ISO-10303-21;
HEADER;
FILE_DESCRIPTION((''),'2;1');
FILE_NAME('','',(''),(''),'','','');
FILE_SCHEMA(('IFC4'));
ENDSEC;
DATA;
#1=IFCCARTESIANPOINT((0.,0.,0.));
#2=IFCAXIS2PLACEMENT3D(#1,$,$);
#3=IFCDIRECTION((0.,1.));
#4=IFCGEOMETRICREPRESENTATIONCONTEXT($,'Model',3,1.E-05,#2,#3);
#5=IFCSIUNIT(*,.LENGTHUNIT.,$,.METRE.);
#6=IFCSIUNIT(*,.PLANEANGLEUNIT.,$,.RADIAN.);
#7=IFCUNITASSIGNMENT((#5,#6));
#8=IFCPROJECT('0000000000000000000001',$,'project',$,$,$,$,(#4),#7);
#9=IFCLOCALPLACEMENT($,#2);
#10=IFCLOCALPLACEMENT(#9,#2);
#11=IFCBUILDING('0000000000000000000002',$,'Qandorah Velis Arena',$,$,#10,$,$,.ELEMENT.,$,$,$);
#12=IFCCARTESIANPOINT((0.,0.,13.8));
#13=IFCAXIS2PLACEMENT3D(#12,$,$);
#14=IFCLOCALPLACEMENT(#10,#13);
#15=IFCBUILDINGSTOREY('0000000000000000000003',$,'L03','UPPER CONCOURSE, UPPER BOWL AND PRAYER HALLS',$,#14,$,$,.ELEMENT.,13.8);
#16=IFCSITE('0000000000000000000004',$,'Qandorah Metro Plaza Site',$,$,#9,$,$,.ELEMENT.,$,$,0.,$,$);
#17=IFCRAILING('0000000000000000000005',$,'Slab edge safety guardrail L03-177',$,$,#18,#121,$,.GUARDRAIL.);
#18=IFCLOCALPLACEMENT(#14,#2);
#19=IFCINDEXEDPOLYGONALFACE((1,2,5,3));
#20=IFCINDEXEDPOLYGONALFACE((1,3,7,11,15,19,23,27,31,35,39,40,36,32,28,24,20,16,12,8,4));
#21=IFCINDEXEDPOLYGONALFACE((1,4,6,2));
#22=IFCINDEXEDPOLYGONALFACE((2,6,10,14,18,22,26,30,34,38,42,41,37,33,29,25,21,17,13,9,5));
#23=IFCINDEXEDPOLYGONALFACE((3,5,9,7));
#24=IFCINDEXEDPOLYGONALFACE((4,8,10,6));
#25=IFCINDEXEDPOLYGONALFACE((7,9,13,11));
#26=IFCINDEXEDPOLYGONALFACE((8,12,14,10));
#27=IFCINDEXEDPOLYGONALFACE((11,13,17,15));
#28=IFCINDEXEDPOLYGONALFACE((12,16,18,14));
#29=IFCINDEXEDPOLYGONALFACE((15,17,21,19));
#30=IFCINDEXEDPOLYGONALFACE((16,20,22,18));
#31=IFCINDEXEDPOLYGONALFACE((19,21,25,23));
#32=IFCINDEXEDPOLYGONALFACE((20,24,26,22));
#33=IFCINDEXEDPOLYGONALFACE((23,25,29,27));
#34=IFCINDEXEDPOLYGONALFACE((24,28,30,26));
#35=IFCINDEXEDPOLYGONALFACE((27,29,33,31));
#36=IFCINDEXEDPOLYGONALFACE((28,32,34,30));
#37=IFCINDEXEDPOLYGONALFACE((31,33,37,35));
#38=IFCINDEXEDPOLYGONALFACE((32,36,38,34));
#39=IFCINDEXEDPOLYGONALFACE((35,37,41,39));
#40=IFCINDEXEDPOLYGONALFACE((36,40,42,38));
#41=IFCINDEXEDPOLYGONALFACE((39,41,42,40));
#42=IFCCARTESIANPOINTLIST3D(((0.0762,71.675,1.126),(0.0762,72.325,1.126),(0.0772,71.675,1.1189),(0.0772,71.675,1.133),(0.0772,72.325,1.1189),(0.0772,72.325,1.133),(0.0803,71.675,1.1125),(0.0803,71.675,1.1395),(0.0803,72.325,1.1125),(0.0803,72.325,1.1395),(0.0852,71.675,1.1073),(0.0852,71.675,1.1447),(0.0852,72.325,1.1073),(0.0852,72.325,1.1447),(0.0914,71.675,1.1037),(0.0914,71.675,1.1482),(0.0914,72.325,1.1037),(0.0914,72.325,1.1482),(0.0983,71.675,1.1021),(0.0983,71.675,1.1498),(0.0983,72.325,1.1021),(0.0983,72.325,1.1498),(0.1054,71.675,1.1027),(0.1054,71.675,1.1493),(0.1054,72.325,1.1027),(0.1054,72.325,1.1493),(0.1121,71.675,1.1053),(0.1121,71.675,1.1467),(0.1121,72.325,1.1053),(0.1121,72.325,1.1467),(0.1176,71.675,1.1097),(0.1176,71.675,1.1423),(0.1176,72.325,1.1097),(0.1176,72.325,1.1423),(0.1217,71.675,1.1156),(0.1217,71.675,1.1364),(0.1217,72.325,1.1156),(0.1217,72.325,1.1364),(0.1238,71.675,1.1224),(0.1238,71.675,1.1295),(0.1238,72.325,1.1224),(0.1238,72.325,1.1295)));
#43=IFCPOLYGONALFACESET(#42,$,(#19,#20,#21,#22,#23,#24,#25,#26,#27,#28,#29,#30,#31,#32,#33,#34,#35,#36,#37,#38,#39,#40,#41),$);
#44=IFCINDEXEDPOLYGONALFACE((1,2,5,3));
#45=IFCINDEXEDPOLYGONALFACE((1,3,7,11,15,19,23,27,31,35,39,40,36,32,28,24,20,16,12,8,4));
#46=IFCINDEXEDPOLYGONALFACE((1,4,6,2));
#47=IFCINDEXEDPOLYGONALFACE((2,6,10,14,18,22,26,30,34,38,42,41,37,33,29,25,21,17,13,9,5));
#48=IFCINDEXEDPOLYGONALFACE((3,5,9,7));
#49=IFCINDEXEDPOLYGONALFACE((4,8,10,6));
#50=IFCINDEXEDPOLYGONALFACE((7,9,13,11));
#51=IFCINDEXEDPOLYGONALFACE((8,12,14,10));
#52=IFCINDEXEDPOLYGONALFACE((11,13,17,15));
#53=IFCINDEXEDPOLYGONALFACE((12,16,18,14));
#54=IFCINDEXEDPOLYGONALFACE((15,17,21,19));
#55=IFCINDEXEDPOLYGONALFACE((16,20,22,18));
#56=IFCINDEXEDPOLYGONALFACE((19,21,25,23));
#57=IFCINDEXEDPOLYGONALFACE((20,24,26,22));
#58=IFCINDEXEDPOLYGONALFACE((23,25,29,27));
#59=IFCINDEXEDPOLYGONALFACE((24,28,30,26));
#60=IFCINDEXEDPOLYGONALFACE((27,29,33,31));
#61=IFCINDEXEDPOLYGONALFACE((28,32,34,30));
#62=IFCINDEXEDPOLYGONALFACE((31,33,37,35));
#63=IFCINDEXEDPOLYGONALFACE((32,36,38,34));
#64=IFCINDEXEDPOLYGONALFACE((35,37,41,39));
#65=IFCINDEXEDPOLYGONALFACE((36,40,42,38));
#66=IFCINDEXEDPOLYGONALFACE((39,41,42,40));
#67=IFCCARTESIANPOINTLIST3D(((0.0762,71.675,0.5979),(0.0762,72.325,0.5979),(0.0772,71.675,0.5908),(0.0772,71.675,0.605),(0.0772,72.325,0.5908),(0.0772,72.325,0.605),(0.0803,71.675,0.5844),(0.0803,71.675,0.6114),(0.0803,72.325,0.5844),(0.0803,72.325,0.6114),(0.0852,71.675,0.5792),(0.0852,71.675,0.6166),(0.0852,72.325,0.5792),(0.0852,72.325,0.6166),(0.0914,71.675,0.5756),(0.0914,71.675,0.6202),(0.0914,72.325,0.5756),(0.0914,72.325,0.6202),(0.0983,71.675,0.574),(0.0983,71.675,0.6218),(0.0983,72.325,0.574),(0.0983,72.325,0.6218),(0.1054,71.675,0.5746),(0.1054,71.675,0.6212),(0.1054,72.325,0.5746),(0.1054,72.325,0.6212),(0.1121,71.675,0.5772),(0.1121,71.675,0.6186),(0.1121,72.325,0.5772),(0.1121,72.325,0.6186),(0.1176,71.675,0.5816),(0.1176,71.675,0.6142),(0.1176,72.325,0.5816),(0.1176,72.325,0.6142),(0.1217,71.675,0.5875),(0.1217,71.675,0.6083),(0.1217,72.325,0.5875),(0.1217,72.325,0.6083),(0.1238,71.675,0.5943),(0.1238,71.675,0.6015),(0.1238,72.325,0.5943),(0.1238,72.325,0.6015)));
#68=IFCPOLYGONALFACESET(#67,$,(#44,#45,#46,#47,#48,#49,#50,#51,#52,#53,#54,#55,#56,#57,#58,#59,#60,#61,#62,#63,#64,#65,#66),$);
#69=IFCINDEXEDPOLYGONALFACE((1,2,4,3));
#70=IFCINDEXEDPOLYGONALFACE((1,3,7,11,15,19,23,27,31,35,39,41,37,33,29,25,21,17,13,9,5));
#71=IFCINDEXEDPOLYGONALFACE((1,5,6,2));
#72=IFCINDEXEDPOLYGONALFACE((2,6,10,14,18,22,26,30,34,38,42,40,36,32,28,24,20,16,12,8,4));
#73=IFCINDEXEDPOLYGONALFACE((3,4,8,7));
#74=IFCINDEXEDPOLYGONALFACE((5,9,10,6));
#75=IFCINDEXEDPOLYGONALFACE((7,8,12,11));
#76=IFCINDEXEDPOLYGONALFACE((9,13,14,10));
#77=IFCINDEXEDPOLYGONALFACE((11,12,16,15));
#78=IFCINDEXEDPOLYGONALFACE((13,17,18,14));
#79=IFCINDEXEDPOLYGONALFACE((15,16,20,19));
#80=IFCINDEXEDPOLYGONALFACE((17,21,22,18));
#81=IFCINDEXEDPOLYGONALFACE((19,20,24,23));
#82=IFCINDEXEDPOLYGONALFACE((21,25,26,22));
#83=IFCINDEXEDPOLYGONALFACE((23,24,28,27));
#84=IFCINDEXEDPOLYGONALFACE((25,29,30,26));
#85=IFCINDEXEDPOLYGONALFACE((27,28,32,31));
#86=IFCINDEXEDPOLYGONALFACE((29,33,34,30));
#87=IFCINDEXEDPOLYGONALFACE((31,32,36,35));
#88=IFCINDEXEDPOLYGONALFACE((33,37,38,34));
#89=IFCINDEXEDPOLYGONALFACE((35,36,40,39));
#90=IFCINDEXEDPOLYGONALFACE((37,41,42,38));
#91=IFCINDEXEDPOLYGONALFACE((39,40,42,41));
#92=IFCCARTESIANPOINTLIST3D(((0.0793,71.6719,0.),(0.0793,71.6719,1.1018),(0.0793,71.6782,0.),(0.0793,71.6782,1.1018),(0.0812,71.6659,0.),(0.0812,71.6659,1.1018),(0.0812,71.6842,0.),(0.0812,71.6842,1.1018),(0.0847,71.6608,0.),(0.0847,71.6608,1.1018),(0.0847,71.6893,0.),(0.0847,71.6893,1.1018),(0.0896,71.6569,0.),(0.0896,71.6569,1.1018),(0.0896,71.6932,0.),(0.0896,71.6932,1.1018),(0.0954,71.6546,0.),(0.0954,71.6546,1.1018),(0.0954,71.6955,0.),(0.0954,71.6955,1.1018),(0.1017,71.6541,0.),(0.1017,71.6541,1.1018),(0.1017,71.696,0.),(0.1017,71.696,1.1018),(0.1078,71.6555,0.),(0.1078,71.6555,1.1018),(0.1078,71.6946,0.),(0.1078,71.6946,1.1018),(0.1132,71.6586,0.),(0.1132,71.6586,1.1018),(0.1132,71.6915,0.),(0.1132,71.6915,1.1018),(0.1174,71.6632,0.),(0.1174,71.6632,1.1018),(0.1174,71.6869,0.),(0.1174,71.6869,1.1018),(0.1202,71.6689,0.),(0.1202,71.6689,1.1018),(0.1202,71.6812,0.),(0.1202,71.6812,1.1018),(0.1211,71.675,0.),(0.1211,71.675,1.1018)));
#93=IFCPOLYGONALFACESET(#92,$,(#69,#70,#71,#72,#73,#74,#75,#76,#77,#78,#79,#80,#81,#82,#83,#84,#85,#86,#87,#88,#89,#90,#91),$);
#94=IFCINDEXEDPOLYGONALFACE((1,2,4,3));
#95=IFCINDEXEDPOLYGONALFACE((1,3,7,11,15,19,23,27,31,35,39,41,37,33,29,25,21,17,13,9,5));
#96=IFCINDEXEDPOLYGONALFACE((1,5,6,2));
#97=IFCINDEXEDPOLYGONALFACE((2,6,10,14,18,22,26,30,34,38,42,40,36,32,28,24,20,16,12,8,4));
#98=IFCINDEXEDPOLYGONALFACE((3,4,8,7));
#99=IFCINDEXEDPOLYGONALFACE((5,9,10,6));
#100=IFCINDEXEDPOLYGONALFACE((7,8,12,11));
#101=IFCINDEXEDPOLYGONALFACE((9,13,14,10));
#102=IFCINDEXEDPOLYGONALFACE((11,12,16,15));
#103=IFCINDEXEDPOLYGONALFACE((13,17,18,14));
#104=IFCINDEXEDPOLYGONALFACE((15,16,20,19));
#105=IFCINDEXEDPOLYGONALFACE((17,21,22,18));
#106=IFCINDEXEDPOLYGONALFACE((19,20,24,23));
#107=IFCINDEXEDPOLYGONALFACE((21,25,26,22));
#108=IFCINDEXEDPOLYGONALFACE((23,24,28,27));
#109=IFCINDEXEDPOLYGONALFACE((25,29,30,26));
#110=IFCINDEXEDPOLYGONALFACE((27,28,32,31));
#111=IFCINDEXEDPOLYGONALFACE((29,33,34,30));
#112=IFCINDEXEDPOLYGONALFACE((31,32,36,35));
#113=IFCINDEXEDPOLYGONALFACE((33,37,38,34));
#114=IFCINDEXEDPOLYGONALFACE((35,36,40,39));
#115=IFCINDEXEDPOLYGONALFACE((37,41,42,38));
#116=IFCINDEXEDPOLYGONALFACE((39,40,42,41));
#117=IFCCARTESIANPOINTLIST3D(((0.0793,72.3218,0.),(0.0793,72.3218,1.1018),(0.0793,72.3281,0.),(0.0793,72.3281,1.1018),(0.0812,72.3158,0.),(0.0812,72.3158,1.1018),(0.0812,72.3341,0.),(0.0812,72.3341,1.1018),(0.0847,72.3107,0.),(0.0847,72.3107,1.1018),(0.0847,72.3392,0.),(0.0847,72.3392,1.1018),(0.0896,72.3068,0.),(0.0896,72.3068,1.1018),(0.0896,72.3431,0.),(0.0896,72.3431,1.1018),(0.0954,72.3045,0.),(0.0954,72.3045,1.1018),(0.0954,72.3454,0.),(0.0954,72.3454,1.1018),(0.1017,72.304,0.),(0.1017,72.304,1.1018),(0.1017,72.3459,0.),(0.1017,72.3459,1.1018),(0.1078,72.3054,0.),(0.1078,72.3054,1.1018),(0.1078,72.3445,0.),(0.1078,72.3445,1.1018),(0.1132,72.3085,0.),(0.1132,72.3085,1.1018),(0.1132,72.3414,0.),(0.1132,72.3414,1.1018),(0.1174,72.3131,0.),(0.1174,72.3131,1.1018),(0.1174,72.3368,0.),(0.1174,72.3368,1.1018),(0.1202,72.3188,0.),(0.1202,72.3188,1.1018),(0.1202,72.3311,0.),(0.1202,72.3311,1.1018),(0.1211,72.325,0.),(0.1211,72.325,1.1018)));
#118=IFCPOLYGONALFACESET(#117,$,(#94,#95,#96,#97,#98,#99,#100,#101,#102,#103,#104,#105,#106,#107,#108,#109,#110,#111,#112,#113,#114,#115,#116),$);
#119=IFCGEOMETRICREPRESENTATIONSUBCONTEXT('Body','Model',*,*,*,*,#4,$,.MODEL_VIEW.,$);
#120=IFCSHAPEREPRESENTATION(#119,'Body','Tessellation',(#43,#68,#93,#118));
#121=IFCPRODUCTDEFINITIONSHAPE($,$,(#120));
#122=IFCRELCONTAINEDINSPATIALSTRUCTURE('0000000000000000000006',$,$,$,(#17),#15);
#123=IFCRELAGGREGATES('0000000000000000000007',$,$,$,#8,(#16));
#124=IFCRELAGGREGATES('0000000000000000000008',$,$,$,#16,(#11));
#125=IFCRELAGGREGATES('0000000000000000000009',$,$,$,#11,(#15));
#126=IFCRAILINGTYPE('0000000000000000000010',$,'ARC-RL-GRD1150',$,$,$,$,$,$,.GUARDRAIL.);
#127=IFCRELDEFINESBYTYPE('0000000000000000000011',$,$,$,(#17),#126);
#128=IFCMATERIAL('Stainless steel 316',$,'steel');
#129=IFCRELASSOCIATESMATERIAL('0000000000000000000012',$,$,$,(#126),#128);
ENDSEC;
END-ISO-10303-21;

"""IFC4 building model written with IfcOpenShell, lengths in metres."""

from ifc_helpers import new_model, si_unit, direction, frame, origin, origin_2d, place, context, subcontext, project, spatial, circle, extrude, material, type_object, element, save


model = new_model("IFC4")

# Units and contexts
model_context = context("Model", 3, precision=1e-05, world=origin(), true_north=direction((0.0, 1.0)))
body_context = subcontext(model_context, "Body", "Model", "MODEL_VIEW")
ifc_project = project(units=[si_unit("LENGTHUNIT", "METRE"), si_unit("PLANEANGLEUNIT", "RADIAN")], contexts=[model_context])

# Site, building, storey
site_placement = place(None, origin())
site = spatial("IfcSite", under=ifc_project, at=site_placement, Name="Qandorah Metro Plaza Site", CompositionType="ELEMENT", RefElevation=0.0)
building_placement = place(site_placement, origin())
building = spatial("IfcBuilding", under=site, at=building_placement, Name="Qandorah Velis Arena", CompositionType="ELEMENT")
storey_placement = place(building_placement, frame((0.0, 0.0, 13.8)))
storey = spatial("IfcBuildingStorey", under=building, at=storey_placement, Name="L03", Description="UPPER CONCOURSE, UPPER BOWL AND PRAYER HALLS", CompositionType="ELEMENT", Elevation=13.8)

# Railing
ifc_material_1 = material(Name="Stainless steel 316", Category="steel")
railing_type = type_object("IfcRailingType", Name="ARC-RL-GRD1150", PredefinedType="GUARDRAIL", material=ifc_material_1)
railing_1_placement = place(storey_placement, frame((0.1001, 71.675, 0.0)))
element("IfcRailing", 1, at=railing_1_placement, inside=storey, type_object=railing_type, Name="Slab edge safety guardrail L03-177", PredefinedType="GUARDRAIL", context=body_context, shape_type="SweptSolid", body=[
    extrude(circle(Radius=0.0239, at=origin_2d()), frame((0.0, 0.0, 1.126), z_axis=(0.0, 1.0, 0.0), x_axis=(-1.0, 0.0, 0.0)), (0.0, 0.0, 1.0), 0.6499),
    extrude(circle(Radius=0.0239, at=origin_2d()), frame((0.0, 0.0, 0.5979), z_axis=(0.0, 1.0, 0.0), x_axis=(-1.0, 0.0, 0.0)), (0.0, 0.0, 1.0), 0.6499),
    extrude(circle(Radius=0.021, at=origin_2d()), origin(), (0.0, 0.0, 1.0), 1.1018),
    extrude(circle(Radius=0.021, at=origin_2d()), frame((0.0, 0.6499, 0.0)), (0.0, 0.0, 1.0), 1.1018),
])

save(model, "model.ifc")
